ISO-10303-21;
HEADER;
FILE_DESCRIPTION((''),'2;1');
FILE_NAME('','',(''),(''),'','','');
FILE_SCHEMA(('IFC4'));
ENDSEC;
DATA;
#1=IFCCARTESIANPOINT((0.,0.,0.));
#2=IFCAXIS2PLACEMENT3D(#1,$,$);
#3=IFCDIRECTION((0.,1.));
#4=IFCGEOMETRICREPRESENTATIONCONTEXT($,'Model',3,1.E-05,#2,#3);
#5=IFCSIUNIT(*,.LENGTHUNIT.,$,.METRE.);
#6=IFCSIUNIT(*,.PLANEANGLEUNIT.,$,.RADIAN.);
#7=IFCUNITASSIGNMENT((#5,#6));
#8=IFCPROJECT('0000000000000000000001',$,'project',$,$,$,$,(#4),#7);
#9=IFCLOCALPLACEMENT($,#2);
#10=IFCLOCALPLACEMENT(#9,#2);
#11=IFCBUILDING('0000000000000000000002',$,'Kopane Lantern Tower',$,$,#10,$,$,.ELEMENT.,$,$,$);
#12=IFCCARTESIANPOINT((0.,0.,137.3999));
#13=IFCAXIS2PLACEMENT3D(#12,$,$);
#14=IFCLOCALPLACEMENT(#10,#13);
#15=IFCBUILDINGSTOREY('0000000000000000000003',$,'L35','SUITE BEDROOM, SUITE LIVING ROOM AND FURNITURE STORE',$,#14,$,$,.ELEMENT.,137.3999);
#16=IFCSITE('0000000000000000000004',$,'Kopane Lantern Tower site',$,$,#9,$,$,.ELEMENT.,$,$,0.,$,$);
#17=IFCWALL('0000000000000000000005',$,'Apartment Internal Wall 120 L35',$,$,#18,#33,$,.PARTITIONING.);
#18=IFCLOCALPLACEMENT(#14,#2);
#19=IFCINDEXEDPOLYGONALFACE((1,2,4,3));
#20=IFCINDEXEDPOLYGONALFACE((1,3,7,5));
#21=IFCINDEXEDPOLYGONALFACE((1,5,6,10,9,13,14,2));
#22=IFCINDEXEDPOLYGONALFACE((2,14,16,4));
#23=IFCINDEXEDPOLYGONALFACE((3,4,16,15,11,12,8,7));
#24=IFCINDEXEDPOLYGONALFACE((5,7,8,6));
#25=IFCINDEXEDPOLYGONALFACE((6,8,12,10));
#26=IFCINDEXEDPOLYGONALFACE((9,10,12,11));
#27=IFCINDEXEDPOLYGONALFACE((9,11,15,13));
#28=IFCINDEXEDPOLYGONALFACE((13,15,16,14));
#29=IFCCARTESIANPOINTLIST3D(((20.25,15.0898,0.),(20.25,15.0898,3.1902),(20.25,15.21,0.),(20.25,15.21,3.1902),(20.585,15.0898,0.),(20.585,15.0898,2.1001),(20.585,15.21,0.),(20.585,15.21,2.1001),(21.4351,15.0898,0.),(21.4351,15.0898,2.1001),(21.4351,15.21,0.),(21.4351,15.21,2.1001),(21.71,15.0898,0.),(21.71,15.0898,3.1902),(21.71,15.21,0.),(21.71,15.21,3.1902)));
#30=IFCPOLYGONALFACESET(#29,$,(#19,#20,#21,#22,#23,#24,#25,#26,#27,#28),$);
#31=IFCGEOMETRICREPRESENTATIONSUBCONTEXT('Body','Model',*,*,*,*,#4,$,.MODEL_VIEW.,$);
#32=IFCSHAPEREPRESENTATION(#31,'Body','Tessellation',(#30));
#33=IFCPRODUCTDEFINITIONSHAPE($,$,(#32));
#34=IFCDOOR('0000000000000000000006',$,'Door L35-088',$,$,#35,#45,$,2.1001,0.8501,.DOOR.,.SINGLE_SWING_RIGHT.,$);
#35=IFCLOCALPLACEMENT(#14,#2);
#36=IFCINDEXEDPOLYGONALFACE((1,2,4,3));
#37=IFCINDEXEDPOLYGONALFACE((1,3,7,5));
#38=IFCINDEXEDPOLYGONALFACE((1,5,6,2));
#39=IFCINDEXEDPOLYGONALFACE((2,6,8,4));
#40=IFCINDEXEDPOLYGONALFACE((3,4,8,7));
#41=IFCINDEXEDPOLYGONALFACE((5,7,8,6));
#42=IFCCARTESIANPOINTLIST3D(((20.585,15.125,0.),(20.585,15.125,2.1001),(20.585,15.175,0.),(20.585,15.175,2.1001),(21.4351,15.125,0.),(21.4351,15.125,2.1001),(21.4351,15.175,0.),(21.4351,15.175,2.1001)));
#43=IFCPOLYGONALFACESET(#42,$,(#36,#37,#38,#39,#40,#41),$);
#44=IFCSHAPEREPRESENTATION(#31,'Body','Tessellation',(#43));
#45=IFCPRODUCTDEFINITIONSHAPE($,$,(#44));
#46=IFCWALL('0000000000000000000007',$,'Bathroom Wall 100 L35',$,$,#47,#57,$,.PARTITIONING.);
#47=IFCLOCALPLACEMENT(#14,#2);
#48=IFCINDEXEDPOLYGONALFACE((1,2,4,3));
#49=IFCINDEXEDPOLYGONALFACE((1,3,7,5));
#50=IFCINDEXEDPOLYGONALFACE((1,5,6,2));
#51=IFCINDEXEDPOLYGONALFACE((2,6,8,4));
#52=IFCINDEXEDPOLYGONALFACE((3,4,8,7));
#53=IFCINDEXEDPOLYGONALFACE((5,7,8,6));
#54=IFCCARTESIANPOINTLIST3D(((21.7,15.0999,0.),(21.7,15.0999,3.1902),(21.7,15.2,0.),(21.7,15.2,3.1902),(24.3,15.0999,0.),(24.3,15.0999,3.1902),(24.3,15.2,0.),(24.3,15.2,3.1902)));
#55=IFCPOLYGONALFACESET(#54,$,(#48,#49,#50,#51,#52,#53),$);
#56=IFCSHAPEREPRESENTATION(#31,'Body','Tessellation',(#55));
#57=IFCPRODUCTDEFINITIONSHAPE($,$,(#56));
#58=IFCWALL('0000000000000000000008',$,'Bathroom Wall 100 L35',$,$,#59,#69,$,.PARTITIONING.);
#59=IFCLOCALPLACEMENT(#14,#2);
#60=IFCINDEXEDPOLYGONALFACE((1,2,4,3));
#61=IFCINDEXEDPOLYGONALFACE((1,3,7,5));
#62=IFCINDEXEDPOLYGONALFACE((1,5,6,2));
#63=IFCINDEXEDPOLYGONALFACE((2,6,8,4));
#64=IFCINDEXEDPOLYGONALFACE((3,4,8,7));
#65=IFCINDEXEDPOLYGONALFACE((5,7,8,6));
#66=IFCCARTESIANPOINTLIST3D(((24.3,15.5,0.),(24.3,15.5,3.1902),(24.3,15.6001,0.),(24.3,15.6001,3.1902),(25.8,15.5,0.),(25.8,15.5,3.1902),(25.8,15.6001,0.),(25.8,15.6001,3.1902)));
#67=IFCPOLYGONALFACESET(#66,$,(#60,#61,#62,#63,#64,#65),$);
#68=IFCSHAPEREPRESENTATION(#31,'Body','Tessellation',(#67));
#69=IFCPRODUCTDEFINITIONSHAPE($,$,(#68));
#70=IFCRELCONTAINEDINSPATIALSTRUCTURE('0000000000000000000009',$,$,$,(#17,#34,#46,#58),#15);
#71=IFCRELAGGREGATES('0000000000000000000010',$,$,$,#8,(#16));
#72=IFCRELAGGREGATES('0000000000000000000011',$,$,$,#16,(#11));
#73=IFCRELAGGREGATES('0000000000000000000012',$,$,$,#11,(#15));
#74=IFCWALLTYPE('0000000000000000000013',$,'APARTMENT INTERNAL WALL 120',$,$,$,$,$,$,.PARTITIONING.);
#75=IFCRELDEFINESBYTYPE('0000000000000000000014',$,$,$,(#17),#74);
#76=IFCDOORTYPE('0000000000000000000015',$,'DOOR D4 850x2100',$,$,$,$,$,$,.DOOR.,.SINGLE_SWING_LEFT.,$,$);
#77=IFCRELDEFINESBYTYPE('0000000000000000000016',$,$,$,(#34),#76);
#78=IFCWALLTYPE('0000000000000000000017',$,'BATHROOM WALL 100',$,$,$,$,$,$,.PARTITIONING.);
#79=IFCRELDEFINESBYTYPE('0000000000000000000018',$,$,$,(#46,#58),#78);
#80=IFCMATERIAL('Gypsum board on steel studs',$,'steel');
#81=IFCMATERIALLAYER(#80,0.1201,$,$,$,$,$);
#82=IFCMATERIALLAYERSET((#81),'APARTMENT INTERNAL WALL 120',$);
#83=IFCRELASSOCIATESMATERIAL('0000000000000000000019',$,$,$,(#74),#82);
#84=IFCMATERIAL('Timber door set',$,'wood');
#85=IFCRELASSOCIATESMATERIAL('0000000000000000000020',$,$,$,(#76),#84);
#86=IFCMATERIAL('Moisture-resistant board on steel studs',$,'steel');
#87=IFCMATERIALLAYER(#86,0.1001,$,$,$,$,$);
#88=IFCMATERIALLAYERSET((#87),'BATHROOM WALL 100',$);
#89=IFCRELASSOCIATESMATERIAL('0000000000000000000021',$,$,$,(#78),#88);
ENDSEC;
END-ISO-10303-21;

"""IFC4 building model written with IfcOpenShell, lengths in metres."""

from ifc_helpers import new_model, si_unit, direction, frame, frame_2d, origin, place, context, subcontext, project, spatial, rectangle, extrude, material, layer, layer_set, type_object, element, fill, save


model = new_model("IFC4")

# Units and contexts
model_context = context("Model", 3, precision=1e-05, world=origin(), true_north=direction((0.0, 1.0)))
body_context = subcontext(model_context, "Body", "Model", "MODEL_VIEW")
ifc_project = project(units=[si_unit("LENGTHUNIT", "METRE"), si_unit("PLANEANGLEUNIT", "RADIAN")], contexts=[model_context])

# Site, building, storey
site_placement = place(None, origin())
site = spatial("IfcSite", under=ifc_project, at=site_placement, Name="Kopane Lantern Tower site", CompositionType="ELEMENT", RefElevation=0.0)
building_placement = place(site_placement, origin())
building = spatial("IfcBuilding", under=site, at=building_placement, Name="Kopane Lantern Tower", CompositionType="ELEMENT")
storey_placement = place(building_placement, frame((0.0, 0.0, 137.3999)))
storey = spatial("IfcBuildingStorey", under=building, at=storey_placement, Name="L35", Description="SUITE BEDROOM, SUITE LIVING ROOM AND FURNITURE STORE", CompositionType="ELEMENT", Elevation=137.3999)

# Wall, opening, door
ifc_material_1 = material(Name="Gypsum board on steel studs", Category="steel")
ifc_layer_1 = layer(ifc_material_1, 0.1201)
ifc_layer_set_1 = layer_set([ifc_layer_1], Name="APARTMENT INTERNAL WALL 120")
wall_type_1 = type_object("IfcWallType", Name="APARTMENT INTERNAL WALL 120", PredefinedType="PARTITIONING", material=ifc_layer_set_1)
ifc_material_2 = material(Name="Timber door set", Category="wood")
door_type = type_object("IfcDoorType", Name="DOOR D4 850x2100", OperationType="SINGLE_SWING_LEFT", PredefinedType="DOOR", material=ifc_material_2)
wall_1_placement = place(storey_placement, frame((21.71, 15.1499, 0.0), z_axis=(0.0, 0.0, 1.0), x_axis=(-1.0, 0.0, 0.0)))
wall_1 = element("IfcWall", 1, at=wall_1_placement, inside=storey, type_object=wall_type_1, Name="Apartment Internal Wall 120 L35", PredefinedType="PARTITIONING", context=body_context, shape_type="SweptSolid", body=[
    extrude(rectangle(XDim=1.46, YDim=0.1201, at=frame_2d((0.73, 0.0))), origin(), (0.0, 0.0, 1.0), 3.1902),
])
opening_1_placement = place(wall_1_placement, frame((0.2749, 0.0, 0.0)))
opening_1 = element("IfcOpeningElement", 2, at=opening_1_placement, cuts=wall_1, PredefinedType="OPENING", context=body_context, shape_type="SweptSolid", body=[
    extrude(rectangle(XDim=0.8501, YDim=2.1001, at=frame_2d((0.425, 1.05))), frame((0.0, 0.0701, 0.0), z_axis=(0.0, -1.0, 0.0), x_axis=(1.0, 0.0, 0.0)), (0.0, 0.0, 1.0), 0.1401),
])
door_1_placement = place(opening_1_placement, origin())
door_1 = element("IfcDoor", 3, at=door_1_placement, inside=storey, type_object=door_type, Name="Door L35-088", OperationType="SINGLE_SWING_RIGHT", OverallHeight=2.1001, OverallWidth=0.8501, PredefinedType="DOOR", context=body_context, shape_type="SweptSolid", body=[
    extrude(rectangle(XDim=0.8501, YDim=2.1001, at=frame_2d((0.425, 1.05))), frame((0.0, 0.0249, 0.0), z_axis=(0.0, -1.0, 0.0), x_axis=(1.0, 0.0, 0.0)), (0.0, 0.0, 1.0), 0.05),
])
fill(opening_1, door_1)

# Walls
ifc_material_3 = material(Name="Moisture-resistant board on steel studs", Category="steel")
ifc_layer_2 = layer(ifc_material_3, 0.1001)
ifc_layer_set_2 = layer_set([ifc_layer_2], Name="BATHROOM WALL 100")
wall_type_2 = type_object("IfcWallType", Name="BATHROOM WALL 100", PredefinedType="PARTITIONING", material=ifc_layer_set_2)
wall_2_placement = place(storey_placement, frame((21.7, 15.1499, 0.0), z_axis=(0.0, 0.0, 1.0), x_axis=(1.0, 0.0, 0.0)))
element("IfcWall", 4, at=wall_2_placement, inside=storey, type_object=wall_type_2, Name="Bathroom Wall 100 L35", PredefinedType="PARTITIONING", context=body_context, shape_type="SweptSolid", body=[
    extrude(rectangle(XDim=2.6001, YDim=0.1001, at=frame_2d((1.3, 0.0))), origin(), (0.0, 0.0, 1.0), 3.1902),
])
wall_3_placement = place(storey_placement, frame((24.3, 15.55, 0.0), z_axis=(0.0, 0.0, 1.0), x_axis=(1.0, 0.0, 0.0)))
element("IfcWall", 5, at=wall_3_placement, inside=storey, type_object=wall_type_2, Name="Bathroom Wall 100 L35", PredefinedType="PARTITIONING", context=body_context, shape_type="SweptSolid", body=[
    extrude(rectangle(XDim=1.5, YDim=0.1001, at=frame_2d((0.75, 0.0))), origin(), (0.0, 0.0, 1.0), 3.1902),
])

save(model, "model.ifc")
